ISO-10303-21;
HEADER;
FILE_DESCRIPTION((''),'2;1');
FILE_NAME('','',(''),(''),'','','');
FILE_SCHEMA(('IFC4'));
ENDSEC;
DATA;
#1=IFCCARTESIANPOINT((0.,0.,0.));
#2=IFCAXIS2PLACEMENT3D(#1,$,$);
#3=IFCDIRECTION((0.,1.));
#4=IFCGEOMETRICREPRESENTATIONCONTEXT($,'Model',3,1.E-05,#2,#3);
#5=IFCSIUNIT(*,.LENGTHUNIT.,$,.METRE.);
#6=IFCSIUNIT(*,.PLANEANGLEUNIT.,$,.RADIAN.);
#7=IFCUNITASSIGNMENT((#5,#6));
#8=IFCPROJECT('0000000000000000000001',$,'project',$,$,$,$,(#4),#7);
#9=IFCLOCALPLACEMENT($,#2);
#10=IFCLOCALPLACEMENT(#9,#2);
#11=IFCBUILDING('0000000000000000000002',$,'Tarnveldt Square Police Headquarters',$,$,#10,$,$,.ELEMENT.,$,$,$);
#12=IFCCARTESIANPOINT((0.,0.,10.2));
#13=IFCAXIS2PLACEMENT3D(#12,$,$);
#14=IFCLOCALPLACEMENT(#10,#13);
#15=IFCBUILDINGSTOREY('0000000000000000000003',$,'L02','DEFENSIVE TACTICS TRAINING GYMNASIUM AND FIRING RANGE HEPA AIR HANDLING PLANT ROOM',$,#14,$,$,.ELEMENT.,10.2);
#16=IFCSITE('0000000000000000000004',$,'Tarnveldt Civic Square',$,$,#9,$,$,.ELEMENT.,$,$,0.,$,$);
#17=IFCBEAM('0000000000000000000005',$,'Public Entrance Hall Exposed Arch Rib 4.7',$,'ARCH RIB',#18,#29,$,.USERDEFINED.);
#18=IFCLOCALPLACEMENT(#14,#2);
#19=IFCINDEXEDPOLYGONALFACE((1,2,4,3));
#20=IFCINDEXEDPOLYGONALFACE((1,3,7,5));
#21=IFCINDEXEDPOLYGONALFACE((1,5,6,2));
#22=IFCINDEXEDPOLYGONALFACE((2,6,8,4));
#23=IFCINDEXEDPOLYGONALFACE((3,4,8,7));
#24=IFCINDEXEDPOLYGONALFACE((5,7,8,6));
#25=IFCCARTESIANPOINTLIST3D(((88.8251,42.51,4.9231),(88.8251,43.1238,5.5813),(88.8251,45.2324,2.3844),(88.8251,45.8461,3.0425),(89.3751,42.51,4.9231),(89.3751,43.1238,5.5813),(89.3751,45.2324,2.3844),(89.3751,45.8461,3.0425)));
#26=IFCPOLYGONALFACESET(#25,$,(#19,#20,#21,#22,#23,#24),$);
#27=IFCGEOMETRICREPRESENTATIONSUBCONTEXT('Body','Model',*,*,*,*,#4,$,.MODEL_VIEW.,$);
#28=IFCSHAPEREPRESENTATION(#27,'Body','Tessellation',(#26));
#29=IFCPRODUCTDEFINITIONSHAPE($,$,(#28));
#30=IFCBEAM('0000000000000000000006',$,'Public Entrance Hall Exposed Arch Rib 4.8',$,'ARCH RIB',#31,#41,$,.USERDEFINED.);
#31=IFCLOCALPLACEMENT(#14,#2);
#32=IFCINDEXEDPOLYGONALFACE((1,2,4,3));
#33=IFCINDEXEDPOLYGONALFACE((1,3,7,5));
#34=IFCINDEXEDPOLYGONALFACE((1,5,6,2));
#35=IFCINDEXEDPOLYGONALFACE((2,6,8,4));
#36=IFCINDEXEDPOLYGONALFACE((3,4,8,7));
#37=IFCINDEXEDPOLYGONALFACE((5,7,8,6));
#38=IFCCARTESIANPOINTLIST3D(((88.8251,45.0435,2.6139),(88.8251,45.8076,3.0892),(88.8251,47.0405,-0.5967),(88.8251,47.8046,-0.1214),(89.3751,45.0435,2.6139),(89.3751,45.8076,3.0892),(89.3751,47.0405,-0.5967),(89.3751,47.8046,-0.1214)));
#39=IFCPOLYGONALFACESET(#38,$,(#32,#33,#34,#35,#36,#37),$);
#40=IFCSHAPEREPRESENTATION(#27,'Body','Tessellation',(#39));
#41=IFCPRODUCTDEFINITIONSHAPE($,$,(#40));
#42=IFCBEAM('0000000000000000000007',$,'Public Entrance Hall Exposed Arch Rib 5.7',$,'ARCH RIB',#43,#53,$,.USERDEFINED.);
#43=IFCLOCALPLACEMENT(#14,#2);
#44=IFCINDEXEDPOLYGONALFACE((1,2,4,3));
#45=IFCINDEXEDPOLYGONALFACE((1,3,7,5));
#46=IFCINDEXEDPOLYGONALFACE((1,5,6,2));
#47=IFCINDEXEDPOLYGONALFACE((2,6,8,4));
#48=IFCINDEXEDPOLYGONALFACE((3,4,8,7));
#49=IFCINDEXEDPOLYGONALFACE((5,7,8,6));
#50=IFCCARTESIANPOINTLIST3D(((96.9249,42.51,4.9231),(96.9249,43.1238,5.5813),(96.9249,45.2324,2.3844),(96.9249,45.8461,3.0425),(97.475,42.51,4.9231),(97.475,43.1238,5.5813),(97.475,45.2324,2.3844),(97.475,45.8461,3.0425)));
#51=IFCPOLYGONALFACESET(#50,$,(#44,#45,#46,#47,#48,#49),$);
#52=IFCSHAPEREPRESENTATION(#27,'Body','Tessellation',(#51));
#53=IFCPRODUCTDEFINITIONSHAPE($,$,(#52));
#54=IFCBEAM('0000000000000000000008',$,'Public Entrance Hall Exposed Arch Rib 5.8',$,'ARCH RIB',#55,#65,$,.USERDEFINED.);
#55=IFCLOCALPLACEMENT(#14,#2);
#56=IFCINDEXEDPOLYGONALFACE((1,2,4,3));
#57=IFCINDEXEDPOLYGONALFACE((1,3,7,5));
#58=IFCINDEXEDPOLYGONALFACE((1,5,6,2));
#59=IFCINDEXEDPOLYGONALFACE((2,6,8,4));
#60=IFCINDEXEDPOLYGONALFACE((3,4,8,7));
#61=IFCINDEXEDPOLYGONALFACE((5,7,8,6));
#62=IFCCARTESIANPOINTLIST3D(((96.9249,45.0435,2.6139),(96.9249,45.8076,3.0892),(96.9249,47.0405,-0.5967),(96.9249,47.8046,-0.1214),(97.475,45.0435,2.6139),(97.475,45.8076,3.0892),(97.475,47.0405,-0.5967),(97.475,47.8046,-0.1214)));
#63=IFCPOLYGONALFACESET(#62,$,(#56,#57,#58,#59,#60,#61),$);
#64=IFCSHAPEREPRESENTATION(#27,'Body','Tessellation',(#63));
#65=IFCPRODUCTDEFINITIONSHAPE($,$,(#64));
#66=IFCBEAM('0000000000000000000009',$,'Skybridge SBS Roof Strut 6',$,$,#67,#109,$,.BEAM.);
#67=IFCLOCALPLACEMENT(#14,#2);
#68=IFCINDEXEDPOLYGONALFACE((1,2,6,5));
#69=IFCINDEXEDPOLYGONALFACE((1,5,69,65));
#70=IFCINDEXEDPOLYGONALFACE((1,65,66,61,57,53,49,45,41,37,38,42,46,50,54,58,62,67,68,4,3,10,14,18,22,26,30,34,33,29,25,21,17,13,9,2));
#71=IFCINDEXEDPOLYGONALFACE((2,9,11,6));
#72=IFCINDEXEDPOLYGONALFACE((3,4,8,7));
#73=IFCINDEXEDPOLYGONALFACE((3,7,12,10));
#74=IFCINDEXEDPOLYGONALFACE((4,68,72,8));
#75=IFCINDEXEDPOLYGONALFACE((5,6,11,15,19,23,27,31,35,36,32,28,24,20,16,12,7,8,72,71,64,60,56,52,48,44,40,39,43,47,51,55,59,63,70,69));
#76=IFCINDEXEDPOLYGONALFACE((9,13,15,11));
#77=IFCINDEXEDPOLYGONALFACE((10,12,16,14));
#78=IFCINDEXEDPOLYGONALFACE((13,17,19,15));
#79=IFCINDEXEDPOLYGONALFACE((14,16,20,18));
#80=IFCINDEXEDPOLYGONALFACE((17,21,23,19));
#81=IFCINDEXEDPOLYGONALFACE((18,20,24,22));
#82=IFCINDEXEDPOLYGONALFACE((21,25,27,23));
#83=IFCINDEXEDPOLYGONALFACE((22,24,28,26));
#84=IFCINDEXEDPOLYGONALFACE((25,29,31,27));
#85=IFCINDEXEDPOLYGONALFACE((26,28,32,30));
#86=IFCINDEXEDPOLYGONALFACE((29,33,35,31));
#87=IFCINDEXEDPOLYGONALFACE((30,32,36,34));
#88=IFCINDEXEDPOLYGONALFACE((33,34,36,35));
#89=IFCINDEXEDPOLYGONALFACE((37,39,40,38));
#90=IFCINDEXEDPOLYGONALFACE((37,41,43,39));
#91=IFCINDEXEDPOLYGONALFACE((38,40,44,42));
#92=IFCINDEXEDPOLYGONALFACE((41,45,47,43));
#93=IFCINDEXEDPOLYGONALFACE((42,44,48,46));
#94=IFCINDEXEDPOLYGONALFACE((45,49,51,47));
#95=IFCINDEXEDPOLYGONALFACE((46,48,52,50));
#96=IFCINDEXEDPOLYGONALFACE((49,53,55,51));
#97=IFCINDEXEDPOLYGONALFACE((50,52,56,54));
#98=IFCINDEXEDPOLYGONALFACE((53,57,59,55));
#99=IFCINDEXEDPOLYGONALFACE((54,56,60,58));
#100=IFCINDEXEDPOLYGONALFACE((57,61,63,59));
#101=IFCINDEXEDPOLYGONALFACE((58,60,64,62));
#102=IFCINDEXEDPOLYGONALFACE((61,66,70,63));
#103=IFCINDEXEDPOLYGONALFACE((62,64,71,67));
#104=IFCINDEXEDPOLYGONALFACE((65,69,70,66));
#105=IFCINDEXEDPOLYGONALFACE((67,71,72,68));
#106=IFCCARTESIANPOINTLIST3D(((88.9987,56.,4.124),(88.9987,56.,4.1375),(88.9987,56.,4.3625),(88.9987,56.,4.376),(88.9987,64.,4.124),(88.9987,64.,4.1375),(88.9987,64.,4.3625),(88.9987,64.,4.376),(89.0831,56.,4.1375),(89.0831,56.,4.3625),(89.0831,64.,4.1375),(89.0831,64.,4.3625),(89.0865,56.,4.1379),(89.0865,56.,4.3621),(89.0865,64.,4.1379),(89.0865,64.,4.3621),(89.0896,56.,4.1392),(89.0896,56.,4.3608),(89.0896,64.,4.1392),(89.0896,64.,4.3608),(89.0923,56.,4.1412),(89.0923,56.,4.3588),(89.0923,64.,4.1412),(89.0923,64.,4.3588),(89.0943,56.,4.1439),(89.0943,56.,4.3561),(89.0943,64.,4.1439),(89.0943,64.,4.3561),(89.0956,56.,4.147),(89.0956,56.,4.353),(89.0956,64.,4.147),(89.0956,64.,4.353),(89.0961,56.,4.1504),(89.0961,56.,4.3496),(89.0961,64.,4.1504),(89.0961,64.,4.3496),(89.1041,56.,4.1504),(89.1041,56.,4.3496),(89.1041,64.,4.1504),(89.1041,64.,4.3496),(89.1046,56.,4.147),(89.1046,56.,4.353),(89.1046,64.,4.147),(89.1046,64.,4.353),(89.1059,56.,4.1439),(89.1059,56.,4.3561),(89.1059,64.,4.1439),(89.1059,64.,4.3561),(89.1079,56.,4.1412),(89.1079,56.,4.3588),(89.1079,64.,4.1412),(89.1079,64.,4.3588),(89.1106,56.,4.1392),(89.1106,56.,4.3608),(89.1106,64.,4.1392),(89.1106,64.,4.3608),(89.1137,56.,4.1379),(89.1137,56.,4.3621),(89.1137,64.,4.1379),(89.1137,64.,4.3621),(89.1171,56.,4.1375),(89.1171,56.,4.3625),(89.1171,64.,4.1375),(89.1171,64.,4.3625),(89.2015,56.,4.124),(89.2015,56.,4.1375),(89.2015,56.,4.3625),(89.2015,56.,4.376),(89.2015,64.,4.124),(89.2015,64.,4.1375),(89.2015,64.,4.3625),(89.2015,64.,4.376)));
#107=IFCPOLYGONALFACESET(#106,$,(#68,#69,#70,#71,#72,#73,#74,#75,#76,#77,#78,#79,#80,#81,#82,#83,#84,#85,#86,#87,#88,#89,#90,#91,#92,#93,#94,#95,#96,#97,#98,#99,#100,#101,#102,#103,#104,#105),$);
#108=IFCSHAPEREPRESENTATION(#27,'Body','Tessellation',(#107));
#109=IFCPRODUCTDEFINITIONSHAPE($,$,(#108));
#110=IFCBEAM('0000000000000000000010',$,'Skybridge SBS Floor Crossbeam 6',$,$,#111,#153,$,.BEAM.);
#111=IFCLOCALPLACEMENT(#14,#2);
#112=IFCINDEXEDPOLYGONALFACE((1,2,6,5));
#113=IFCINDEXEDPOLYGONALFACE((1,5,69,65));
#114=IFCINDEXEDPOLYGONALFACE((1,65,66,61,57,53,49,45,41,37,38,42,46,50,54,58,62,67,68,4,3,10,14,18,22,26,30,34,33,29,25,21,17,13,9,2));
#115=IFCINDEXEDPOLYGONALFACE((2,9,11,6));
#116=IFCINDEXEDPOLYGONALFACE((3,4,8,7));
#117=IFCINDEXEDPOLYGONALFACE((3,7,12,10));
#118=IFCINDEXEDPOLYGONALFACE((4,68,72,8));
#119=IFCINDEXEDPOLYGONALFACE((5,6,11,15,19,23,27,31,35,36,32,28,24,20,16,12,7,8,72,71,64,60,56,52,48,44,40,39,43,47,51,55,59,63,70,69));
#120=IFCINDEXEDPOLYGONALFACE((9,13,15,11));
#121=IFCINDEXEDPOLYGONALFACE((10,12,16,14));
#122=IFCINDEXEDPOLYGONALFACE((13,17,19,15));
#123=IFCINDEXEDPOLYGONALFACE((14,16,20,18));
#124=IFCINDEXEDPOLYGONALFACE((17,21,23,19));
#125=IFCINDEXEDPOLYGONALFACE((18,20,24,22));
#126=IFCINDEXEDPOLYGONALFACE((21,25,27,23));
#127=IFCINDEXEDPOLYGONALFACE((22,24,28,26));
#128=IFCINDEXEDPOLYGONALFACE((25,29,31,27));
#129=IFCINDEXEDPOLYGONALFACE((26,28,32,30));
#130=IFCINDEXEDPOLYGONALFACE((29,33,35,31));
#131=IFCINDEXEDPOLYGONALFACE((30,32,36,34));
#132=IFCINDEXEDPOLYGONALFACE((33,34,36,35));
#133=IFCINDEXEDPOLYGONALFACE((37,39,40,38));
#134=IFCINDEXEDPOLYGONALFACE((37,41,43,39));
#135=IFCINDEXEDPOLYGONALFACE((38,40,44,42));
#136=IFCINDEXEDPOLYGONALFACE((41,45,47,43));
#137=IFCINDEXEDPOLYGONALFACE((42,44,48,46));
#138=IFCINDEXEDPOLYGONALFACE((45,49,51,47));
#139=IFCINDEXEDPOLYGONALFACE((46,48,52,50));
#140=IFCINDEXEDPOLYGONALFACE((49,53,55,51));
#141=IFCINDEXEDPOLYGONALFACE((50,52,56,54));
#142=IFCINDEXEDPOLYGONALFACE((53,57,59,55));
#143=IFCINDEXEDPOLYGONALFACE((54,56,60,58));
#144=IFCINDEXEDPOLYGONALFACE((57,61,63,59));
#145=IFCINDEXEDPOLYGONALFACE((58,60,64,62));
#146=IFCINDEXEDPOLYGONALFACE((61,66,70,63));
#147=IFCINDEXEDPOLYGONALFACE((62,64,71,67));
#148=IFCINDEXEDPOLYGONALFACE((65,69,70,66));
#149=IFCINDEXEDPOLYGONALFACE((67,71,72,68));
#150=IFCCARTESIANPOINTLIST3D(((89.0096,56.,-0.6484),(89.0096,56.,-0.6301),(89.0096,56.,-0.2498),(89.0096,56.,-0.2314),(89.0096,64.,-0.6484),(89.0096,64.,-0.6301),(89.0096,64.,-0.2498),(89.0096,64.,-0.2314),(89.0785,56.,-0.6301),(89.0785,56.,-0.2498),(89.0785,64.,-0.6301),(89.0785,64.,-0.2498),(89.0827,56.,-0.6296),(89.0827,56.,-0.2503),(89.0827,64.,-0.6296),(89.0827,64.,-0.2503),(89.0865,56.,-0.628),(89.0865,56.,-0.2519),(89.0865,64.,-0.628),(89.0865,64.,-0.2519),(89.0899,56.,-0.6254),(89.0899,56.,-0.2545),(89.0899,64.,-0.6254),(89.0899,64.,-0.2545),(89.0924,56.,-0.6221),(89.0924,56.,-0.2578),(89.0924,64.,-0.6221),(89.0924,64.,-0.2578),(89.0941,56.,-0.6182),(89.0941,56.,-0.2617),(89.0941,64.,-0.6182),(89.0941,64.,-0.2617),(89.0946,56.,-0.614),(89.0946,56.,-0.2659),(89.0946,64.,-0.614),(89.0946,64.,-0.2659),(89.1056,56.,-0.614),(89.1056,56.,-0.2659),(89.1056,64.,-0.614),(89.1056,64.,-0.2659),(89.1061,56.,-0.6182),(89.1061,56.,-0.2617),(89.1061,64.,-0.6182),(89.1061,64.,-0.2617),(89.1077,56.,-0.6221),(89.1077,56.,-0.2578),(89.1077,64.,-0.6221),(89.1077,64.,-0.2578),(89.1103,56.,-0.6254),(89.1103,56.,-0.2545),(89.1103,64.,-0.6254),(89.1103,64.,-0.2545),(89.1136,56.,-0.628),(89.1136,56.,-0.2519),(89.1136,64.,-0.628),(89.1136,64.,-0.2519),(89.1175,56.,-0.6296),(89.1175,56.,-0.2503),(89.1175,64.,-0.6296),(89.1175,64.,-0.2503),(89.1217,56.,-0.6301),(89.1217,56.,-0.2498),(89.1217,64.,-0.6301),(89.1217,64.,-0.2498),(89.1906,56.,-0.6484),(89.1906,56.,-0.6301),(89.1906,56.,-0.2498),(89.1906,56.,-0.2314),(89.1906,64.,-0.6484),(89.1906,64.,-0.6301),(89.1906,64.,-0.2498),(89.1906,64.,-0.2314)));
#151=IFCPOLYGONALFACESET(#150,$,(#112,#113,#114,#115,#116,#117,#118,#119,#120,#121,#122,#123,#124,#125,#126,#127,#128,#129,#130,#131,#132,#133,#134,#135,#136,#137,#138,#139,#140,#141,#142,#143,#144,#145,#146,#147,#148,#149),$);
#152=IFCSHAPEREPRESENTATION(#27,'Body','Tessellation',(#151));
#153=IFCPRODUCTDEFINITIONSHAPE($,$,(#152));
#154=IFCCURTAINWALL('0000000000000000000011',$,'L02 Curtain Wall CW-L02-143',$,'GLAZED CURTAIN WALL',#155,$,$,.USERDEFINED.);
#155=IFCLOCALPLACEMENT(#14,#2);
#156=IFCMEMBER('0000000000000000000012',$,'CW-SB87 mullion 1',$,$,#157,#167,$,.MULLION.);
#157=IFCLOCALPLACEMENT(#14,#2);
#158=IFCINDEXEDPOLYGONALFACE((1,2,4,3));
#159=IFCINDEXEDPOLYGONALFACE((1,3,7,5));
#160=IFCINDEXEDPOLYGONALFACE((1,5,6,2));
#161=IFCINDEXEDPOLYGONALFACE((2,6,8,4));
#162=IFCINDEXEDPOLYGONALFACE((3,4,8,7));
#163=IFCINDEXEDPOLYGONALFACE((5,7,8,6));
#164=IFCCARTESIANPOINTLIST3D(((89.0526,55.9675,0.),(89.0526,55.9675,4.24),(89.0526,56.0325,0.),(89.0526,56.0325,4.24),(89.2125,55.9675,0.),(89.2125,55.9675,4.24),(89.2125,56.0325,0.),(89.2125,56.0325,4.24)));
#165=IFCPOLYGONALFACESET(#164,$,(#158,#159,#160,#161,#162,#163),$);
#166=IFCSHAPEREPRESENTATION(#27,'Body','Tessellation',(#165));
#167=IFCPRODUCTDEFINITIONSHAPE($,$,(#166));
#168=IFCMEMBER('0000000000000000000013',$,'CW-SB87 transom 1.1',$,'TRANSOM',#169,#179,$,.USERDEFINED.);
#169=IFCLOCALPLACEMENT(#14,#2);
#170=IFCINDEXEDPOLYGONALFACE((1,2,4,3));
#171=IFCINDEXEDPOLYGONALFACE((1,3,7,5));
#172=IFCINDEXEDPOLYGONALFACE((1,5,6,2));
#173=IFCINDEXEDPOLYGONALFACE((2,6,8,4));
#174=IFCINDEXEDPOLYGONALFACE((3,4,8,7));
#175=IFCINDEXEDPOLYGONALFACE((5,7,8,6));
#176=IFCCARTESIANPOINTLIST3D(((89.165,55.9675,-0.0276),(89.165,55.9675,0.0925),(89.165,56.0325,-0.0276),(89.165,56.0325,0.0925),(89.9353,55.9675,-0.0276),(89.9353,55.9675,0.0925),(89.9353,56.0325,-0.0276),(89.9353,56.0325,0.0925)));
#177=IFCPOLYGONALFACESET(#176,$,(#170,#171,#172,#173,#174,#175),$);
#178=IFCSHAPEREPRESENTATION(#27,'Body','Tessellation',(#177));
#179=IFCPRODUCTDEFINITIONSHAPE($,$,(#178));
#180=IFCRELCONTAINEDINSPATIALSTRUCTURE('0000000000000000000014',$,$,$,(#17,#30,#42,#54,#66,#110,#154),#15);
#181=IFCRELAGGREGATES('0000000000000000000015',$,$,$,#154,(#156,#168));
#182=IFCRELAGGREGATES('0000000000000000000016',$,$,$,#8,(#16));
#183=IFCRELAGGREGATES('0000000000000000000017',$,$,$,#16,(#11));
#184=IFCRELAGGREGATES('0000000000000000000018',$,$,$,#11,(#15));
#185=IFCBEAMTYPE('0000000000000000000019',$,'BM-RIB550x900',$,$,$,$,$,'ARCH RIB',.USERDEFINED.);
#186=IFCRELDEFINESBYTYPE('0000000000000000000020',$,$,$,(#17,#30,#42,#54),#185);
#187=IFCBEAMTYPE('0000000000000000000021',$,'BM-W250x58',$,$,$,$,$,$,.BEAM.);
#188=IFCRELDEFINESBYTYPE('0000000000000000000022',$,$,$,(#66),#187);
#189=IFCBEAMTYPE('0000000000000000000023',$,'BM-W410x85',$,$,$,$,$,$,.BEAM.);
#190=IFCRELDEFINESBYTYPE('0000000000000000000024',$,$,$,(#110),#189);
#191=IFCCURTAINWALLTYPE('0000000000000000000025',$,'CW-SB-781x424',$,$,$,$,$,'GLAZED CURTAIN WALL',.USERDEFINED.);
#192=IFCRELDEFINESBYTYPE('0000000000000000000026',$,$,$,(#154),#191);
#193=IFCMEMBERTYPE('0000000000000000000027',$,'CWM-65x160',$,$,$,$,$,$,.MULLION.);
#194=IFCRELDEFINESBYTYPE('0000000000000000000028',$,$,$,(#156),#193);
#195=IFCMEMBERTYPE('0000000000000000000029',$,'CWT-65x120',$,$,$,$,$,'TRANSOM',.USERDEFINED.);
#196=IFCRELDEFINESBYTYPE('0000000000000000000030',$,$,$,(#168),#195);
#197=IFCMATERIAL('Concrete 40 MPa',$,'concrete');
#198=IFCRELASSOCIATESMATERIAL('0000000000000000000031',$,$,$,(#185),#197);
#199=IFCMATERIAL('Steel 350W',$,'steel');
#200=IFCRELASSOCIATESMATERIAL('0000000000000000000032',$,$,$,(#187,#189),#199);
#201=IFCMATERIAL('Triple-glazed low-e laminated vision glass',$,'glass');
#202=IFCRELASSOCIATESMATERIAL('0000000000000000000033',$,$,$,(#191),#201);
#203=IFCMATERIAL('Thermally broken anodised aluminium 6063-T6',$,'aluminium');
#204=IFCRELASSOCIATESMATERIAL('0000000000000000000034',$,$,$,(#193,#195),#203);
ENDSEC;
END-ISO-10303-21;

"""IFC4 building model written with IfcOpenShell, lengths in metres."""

from ifc_helpers import new_model, si_unit, direction, frame, origin, origin_2d, place, context, subcontext, project, spatial, rectangle, i_section, extrude, material, material_profile, profile_set, type_object, element, aggregate, save


model = new_model("IFC4")

# Units and contexts
model_context = context("Model", 3, precision=1e-05, world=origin(), true_north=direction((0.0, 1.0)))
body_context = subcontext(model_context, "Body", "Model", "MODEL_VIEW")
ifc_project = project(units=[si_unit("LENGTHUNIT", "METRE"), si_unit("PLANEANGLEUNIT", "RADIAN")], contexts=[model_context])

# Site, building, storey
site_placement = place(None, origin())
site = spatial("IfcSite", under=ifc_project, at=site_placement, Name="Tarnveldt Civic Square", CompositionType="ELEMENT", RefElevation=0.0)
building_placement = place(site_placement, origin())
building = spatial("IfcBuilding", under=site, at=building_placement, Name="Tarnveldt Square Police Headquarters", CompositionType="ELEMENT")
storey_placement = place(building_placement, frame((0.0, 0.0, 10.2)))
storey = spatial("IfcBuildingStorey", under=building, at=storey_placement, Name="L02", Description="DEFENSIVE TACTICS TRAINING GYMNASIUM AND FIRING RANGE HEPA AIR HANDLING PLANT ROOM", CompositionType="ELEMENT", Elevation=10.2)

# Beams
ifc_material_1 = material(Name="Concrete 40 MPa", Category="concrete")
ifc_material_profile_1 = material_profile(ifc_material_1, rectangle(XDim=0.55, YDim=0.8999, at=origin_2d()), Name="RC-RIB550x900")
ifc_profile_set_1 = profile_set([ifc_material_profile_1], Name="Concrete 40 MPa")
beam_type_1 = type_object("IfcBeamType", Name="BM-RIB550x900", ElementType="ARCH RIB", PredefinedType="USERDEFINED", material=ifc_profile_set_1)
beam_1_placement = place(storey_placement, frame((89.1001, 42.8169, 5.2522), z_axis=(0.0, 0.731337, -0.682017), x_axis=(-1.0, 0.0, 0.0)))
element("IfcBeam", 1, at=beam_1_placement, inside=storey, type_object=beam_type_1, Name="Public Entrance Hall Exposed Arch Rib 4.7", ObjectType="ARCH RIB", PredefinedType="USERDEFINED", context=body_context, shape_type="SweptSolid", body=[
    extrude(rectangle(XDim=0.55, YDim=0.8999, at=origin_2d()), origin(), (0.0, 0.0, 1.0), 3.7224),
])
beam_2_placement = place(storey_placement, frame((89.1001, 45.4255, 2.8516), z_axis=(0.0, 0.528169, -0.849139), x_axis=(-1.0, 0.0, 0.0)))
element("IfcBeam", 2, at=beam_2_placement, inside=storey, type_object=beam_type_1, Name="Public Entrance Hall Exposed Arch Rib 4.8", ObjectType="ARCH RIB", PredefinedType="USERDEFINED", context=body_context, shape_type="SweptSolid", body=[
    extrude(rectangle(XDim=0.55, YDim=0.8999, at=origin_2d()), origin(), (0.0, 0.0, 1.0), 3.781),
])
beam_3_placement = place(storey_placement, frame((97.2, 42.8169, 5.2522), z_axis=(0.0, 0.731337, -0.682017), x_axis=(-1.0, 0.0, 0.0)))
element("IfcBeam", 3, at=beam_3_placement, inside=storey, type_object=beam_type_1, Name="Public Entrance Hall Exposed Arch Rib 5.7", ObjectType="ARCH RIB", PredefinedType="USERDEFINED", context=body_context, shape_type="SweptSolid", body=[
    extrude(rectangle(XDim=0.55, YDim=0.8999, at=origin_2d()), origin(), (0.0, 0.0, 1.0), 3.7224),
])
beam_4_placement = place(storey_placement, frame((97.2, 45.4255, 2.8516), z_axis=(0.0, 0.528169, -0.849139), x_axis=(-1.0, 0.0, 0.0)))
element("IfcBeam", 4, at=beam_4_placement, inside=storey, type_object=beam_type_1, Name="Public Entrance Hall Exposed Arch Rib 5.8", ObjectType="ARCH RIB", PredefinedType="USERDEFINED", context=body_context, shape_type="SweptSolid", body=[
    extrude(rectangle(XDim=0.55, YDim=0.8999, at=origin_2d()), origin(), (0.0, 0.0, 1.0), 3.781),
])
ifc_material_2 = material(Name="Steel 350W", Category="steel")
ifc_material_profile_2 = material_profile(ifc_material_2, i_section(OverallWidth=0.2029, OverallDepth=0.252, WebThickness=0.0081, FlangeThickness=0.0134, FilletRadius=0.0129, at=origin_2d()), Name="W250x58")
ifc_profile_set_2 = profile_set([ifc_material_profile_2], Name="Steel 350W")
beam_type_2 = type_object("IfcBeamType", Name="BM-W250x58", PredefinedType="BEAM", material=ifc_profile_set_2)
beam_5_placement = place(storey_placement, frame((89.1001, 56.0, 4.25), z_axis=(0.0, 1.0, 0.0), x_axis=(-1.0, 0.0, 0.0)))
element("IfcBeam", 5, at=beam_5_placement, inside=storey, type_object=beam_type_2, Name="Skybridge SBS Roof Strut 6", PredefinedType="BEAM", context=body_context, shape_type="SweptSolid", body=[
    extrude(i_section(OverallWidth=0.2029, OverallDepth=0.252, WebThickness=0.0081, FlangeThickness=0.0134, FilletRadius=0.0129, at=origin_2d()), origin(), (0.0, 0.0, 1.0), 8.0),
])
ifc_material_profile_3 = material_profile(ifc_material_2, i_section(OverallWidth=0.1809, OverallDepth=0.417, WebThickness=0.011, FlangeThickness=0.0183, FilletRadius=0.0161, at=origin_2d()), Name="W410x85")
ifc_profile_set_3 = profile_set([ifc_material_profile_3], Name="Steel 350W")
beam_type_3 = type_object("IfcBeamType", Name="BM-W410x85", PredefinedType="BEAM", material=ifc_profile_set_3)
beam_6_placement = place(storey_placement, frame((89.1001, 56.0, -0.4399), z_axis=(0.0, 1.0, 0.0), x_axis=(-1.0, 0.0, 0.0)))
element("IfcBeam", 6, at=beam_6_placement, inside=storey, type_object=beam_type_3, Name="Skybridge SBS Floor Crossbeam 6", PredefinedType="BEAM", context=body_context, shape_type="SweptSolid", body=[
    extrude(i_section(OverallWidth=0.1809, OverallDepth=0.417, WebThickness=0.011, FlangeThickness=0.0183, FilletRadius=0.0161, at=origin_2d()), origin(), (0.0, 0.0, 1.0), 8.0),
])

# Curtain wall, members
ifc_material_3 = material(Name="Triple-glazed low-e laminated vision glass", Category="glass")
curtain_wall_type = type_object("IfcCurtainWallType", Name="CW-SB-781x424", ElementType="GLAZED CURTAIN WALL", PredefinedType="USERDEFINED", material=ifc_material_3)
curtain_wall_placement = place(storey_placement, origin())
curtain_wall = element("IfcCurtainWall", 7, at=curtain_wall_placement, inside=storey, type_object=curtain_wall_type, Name="L02 Curtain Wall CW-L02-143", ObjectType="GLAZED CURTAIN WALL", PredefinedType="USERDEFINED")
ifc_material_4 = material(Name="Thermally broken anodised aluminium 6063-T6", Category="aluminium")
ifc_material_profile_4 = material_profile(ifc_material_4, rectangle(XDim=0.0649, YDim=0.1599, at=origin_2d()), Name="CW-M65x160")
ifc_profile_set_4 = profile_set([ifc_material_profile_4], Name="Thermally broken anodised aluminium 6063-T6")
member_type_1 = type_object("IfcMemberType", Name="CWM-65x160", PredefinedType="MULLION", material=ifc_profile_set_4)
member_1_placement = place(storey_placement, frame((89.1326, 56.0, 0.0), z_axis=(0.0, 0.0, 1.0), x_axis=(0.0, 1.0, 0.0)))
member_1 = element("IfcMember", 8, at=member_1_placement, type_object=member_type_1, Name="CW-SB87 mullion 1", PredefinedType="MULLION", context=body_context, shape_type="SweptSolid", body=[
    extrude(rectangle(XDim=0.0649, YDim=0.1599, at=origin_2d()), origin(), (0.0, 0.0, 1.0), 4.24),
])
ifc_material_profile_5 = material_profile(ifc_material_4, rectangle(XDim=0.0649, YDim=0.1201, at=origin_2d()), Name="CW-T65x120")
ifc_profile_set_5 = profile_set([ifc_material_profile_5], Name="Thermally broken anodised aluminium 6063-T6")
member_type_2 = type_object("IfcMemberType", Name="CWT-65x120", ElementType="TRANSOM", PredefinedType="USERDEFINED", material=ifc_profile_set_5)
member_2_placement = place(storey_placement, frame((89.165, 56.0, 0.0325), z_axis=(1.0, 0.0, 0.0), x_axis=(0.0, 1.0, 0.0)))
member_2 = element("IfcMember", 9, at=member_2_placement, type_object=member_type_2, Name="CW-SB87 transom 1.1", ObjectType="TRANSOM", PredefinedType="USERDEFINED", context=body_context, shape_type="SweptSolid", body=[
    extrude(rectangle(XDim=0.0649, YDim=0.1201, at=origin_2d()), origin(), (0.0, 0.0, 1.0), 0.7703),
])
aggregate(curtain_wall, [member_1, member_2])

save(model, "model.ifc")
